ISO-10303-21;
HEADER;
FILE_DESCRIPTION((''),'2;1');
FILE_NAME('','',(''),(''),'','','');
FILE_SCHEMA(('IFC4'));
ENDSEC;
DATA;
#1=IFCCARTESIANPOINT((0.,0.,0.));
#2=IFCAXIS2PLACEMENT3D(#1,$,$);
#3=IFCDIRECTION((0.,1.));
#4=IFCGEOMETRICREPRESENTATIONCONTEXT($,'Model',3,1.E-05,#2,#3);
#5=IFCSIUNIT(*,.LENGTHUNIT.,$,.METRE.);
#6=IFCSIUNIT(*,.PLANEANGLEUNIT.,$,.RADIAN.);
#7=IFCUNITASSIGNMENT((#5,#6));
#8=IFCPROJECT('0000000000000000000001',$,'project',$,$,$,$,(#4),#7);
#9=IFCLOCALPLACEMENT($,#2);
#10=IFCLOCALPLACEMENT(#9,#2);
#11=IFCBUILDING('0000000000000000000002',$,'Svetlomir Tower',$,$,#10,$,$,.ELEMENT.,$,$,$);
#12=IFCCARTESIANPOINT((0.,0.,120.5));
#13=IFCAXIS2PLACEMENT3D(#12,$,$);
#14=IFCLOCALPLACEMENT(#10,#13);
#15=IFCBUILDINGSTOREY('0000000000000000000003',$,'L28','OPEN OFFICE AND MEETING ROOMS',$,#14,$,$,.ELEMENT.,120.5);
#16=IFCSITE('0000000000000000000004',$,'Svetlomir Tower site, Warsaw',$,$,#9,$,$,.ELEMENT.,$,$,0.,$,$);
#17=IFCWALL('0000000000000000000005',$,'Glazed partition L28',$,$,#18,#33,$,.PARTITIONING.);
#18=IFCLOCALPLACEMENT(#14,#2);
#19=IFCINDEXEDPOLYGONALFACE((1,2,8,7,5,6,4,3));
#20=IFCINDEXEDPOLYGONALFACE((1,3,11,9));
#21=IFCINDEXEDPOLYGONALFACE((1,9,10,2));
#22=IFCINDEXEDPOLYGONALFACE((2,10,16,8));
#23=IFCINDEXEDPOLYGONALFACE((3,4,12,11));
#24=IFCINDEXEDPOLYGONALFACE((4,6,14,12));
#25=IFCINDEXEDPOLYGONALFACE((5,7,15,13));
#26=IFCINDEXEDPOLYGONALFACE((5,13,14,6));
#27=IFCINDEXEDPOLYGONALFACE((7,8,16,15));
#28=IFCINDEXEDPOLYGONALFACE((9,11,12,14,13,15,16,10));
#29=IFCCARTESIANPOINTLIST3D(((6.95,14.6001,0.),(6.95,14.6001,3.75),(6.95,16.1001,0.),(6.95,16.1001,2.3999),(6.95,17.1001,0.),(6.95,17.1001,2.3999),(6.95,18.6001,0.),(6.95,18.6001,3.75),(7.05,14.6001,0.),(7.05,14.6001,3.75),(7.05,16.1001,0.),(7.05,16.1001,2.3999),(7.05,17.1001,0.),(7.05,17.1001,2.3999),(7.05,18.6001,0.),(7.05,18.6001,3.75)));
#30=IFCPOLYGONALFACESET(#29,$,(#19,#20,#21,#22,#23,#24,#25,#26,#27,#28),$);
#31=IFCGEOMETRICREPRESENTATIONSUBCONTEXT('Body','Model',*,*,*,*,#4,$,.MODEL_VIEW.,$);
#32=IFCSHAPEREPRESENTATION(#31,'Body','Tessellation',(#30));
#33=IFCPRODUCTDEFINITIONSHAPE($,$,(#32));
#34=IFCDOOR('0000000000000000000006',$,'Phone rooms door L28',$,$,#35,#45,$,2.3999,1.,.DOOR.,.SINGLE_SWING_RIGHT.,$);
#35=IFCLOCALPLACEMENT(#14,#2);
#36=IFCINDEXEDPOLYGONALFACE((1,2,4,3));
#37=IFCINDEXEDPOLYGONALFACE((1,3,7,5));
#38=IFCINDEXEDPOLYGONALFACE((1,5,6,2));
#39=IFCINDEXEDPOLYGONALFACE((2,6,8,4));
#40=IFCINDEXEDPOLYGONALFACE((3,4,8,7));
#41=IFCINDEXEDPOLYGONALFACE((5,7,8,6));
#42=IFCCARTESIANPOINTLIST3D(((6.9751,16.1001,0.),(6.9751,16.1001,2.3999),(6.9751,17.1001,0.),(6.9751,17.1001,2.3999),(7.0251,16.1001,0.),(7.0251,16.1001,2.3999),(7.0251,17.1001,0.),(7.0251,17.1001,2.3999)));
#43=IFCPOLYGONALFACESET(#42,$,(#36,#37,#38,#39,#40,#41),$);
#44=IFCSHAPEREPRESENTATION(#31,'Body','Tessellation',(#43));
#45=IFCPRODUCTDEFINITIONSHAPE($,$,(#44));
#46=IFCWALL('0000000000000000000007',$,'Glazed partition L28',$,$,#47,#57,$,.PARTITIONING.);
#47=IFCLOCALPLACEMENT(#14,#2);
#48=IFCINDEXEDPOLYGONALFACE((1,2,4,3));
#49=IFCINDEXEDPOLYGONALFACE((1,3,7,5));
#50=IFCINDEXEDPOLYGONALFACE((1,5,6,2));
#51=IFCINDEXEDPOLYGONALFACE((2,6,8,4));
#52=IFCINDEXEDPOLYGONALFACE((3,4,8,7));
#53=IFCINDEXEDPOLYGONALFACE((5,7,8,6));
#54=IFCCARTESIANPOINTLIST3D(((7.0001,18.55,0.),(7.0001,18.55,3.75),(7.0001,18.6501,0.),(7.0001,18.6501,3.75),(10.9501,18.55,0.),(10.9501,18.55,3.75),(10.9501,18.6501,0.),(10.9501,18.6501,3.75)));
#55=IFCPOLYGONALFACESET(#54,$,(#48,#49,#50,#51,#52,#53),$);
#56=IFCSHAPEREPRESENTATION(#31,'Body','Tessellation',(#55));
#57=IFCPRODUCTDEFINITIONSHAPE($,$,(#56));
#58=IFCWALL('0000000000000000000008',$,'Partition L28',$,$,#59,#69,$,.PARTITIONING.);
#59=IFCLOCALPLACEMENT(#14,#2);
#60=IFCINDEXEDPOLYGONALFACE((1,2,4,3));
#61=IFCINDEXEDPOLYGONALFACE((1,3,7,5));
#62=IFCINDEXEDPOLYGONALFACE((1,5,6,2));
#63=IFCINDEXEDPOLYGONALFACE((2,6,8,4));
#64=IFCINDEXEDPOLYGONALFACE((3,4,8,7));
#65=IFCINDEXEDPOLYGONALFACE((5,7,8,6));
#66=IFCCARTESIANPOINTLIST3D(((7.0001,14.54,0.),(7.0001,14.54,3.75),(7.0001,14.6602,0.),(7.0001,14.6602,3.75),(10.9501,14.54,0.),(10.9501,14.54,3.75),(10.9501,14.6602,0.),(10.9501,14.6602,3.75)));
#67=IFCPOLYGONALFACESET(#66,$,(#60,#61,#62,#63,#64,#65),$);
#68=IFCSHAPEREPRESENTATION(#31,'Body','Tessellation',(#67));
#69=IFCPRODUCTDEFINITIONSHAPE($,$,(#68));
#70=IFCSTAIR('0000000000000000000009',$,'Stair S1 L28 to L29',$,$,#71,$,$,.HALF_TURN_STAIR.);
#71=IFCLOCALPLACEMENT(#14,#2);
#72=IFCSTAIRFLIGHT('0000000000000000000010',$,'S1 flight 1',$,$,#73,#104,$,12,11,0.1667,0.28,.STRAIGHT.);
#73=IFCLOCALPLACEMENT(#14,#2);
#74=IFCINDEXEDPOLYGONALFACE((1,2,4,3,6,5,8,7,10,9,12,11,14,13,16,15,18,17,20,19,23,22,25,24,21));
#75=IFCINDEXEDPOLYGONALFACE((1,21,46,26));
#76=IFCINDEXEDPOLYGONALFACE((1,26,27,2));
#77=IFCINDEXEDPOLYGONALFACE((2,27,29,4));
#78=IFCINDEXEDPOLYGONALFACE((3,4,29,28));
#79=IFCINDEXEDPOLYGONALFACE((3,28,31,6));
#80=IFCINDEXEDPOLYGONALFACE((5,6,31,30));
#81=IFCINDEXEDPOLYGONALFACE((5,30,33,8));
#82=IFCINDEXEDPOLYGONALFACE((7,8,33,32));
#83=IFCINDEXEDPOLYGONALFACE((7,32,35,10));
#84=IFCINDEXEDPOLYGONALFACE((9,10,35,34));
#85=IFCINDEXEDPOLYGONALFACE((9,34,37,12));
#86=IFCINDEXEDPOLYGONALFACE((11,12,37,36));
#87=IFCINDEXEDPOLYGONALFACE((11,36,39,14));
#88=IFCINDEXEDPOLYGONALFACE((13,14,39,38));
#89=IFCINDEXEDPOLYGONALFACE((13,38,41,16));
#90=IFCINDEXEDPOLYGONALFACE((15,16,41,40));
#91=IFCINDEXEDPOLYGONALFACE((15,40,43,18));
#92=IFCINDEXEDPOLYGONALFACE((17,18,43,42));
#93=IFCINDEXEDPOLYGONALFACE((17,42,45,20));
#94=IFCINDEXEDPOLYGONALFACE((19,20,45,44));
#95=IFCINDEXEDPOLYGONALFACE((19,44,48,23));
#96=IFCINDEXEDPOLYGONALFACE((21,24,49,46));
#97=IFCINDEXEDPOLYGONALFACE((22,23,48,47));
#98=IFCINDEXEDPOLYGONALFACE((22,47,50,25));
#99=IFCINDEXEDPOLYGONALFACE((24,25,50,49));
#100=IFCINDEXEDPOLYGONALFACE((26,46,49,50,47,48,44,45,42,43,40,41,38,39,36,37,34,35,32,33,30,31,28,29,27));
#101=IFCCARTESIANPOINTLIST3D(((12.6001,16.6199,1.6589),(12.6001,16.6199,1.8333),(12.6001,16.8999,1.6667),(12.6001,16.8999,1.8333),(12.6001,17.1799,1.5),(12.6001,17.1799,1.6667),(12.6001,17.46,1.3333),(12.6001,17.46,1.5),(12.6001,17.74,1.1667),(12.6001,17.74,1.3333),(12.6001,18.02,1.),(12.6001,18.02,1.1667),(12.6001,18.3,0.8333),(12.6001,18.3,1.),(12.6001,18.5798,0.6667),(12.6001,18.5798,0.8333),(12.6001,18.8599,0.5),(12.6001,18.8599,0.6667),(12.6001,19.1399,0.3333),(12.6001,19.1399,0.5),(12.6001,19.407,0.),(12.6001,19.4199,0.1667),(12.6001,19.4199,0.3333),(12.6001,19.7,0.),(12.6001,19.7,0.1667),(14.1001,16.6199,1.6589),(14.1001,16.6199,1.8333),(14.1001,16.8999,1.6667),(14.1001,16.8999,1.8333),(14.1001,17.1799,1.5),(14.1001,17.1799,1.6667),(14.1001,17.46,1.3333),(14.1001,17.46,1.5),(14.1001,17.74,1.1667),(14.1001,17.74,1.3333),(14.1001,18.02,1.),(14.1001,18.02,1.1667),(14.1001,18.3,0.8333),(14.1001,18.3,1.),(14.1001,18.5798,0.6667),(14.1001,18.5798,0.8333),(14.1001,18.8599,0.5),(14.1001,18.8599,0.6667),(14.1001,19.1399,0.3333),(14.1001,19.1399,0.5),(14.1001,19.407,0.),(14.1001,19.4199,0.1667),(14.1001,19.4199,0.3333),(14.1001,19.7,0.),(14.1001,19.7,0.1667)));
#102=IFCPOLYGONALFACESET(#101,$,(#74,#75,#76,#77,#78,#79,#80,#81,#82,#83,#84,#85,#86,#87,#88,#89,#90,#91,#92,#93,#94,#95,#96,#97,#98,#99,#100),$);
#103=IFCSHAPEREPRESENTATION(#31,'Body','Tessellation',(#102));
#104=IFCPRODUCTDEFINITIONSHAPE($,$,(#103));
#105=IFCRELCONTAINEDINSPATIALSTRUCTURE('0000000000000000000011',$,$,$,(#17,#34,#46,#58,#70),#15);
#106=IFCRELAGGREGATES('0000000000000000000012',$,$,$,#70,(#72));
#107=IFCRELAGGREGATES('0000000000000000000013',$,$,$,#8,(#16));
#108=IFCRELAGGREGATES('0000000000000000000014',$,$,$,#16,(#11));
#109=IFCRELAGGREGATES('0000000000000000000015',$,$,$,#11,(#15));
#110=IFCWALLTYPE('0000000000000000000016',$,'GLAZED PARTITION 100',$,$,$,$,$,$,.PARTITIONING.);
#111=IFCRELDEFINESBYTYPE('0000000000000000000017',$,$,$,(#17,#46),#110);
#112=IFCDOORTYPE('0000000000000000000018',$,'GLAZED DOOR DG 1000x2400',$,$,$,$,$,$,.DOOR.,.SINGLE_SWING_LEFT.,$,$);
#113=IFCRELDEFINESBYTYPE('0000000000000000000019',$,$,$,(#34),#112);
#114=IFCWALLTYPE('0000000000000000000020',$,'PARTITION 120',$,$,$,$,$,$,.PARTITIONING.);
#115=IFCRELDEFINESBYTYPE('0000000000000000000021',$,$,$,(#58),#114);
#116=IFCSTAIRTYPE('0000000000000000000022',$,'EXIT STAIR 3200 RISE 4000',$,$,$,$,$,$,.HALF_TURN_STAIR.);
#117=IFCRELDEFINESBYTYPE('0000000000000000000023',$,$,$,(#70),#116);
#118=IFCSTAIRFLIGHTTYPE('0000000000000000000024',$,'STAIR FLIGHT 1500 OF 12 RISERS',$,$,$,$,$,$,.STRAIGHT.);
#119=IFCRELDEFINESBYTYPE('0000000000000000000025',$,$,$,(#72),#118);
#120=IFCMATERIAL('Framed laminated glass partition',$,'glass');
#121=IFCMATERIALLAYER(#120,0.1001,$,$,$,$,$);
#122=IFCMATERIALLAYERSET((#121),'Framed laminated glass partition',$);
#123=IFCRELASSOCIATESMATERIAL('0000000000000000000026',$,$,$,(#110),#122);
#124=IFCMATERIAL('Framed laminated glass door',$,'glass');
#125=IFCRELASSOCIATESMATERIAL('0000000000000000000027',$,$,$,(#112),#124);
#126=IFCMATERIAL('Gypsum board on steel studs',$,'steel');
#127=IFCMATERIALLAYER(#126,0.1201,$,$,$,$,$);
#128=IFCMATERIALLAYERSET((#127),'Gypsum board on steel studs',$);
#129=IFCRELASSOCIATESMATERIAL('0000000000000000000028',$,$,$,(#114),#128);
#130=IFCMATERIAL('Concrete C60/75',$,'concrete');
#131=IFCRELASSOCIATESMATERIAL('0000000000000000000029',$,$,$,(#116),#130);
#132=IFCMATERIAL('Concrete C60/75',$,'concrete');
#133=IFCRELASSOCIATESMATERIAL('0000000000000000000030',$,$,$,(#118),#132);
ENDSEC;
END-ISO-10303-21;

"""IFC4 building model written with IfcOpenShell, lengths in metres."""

from ifc_helpers import new_model, si_unit, direction, frame, frame_2d, origin, place, context, subcontext, project, spatial, polyline, rectangle, outline, extrude, material, layer, layer_set, type_object, element, fill, aggregate, save


model = new_model("IFC4")

# Units and contexts
model_context = context("Model", 3, precision=1e-05, world=origin(), true_north=direction((0.0, 1.0)))
body_context = subcontext(model_context, "Body", "Model", "MODEL_VIEW")
ifc_project = project(units=[si_unit("LENGTHUNIT", "METRE"), si_unit("PLANEANGLEUNIT", "RADIAN")], contexts=[model_context])

# Site, building, storey
site_placement = place(None, origin())
site = spatial("IfcSite", under=ifc_project, at=site_placement, Name="Svetlomir Tower site, Warsaw", CompositionType="ELEMENT", RefElevation=0.0)
building_placement = place(site_placement, origin())
building = spatial("IfcBuilding", under=site, at=building_placement, Name="Svetlomir Tower", CompositionType="ELEMENT")
storey_placement = place(building_placement, frame((0.0, 0.0, 120.5)))
storey = spatial("IfcBuildingStorey", under=building, at=storey_placement, Name="L28", Description="OPEN OFFICE AND MEETING ROOMS", CompositionType="ELEMENT", Elevation=120.5)

# Wall, opening, door
ifc_material_1 = material(Name="Framed laminated glass partition", Category="glass")
ifc_layer_1 = layer(ifc_material_1, 0.1001)
ifc_layer_set_1 = layer_set([ifc_layer_1], Name="Framed laminated glass partition")
wall_type_1 = type_object("IfcWallType", Name="GLAZED PARTITION 100", PredefinedType="PARTITIONING", material=ifc_layer_set_1)
wall_1_placement = place(storey_placement, frame((7.0, 14.6001, 0.0), z_axis=(0.0, 0.0, 1.0), x_axis=(0.0, 1.0, 0.0)))
wall_1 = element("IfcWall", 1, at=wall_1_placement, inside=storey, type_object=wall_type_1, Name="Glazed partition L28", PredefinedType="PARTITIONING", context=body_context, shape_type="SweptSolid", body=[
    extrude(rectangle(XDim=4.0, YDim=0.1001, at=frame_2d((2.0, 0.0))), origin(), (0.0, 0.0, 1.0), 3.75),
])
opening_1_placement = place(wall_1_placement, frame((1.5, 0.0, 0.0)))
opening_1 = element("IfcOpeningElement", 2, at=opening_1_placement, cuts=wall_1, PredefinedType="OPENING", context=body_context, shape_type="SweptSolid", body=[
    extrude(rectangle(XDim=1.0, YDim=2.3999, at=frame_2d((0.5, 1.2))), frame((0.0, 0.0601, 0.0), z_axis=(0.0, -1.0, 0.0), x_axis=(1.0, 0.0, 0.0)), (0.0, 0.0, 1.0), 0.1201),
])
ifc_material_2 = material(Name="Framed laminated glass door", Category="glass")
door_type_1 = type_object("IfcDoorType", Name="GLAZED DOOR DG 1000x2400", OperationType="SINGLE_SWING_LEFT", PredefinedType="DOOR", material=ifc_material_2)
door_1_placement = place(opening_1_placement, origin())
door_1 = element("IfcDoor", 3, at=door_1_placement, inside=storey, type_object=door_type_1, Name="Phone rooms door L28", OperationType="SINGLE_SWING_RIGHT", OverallHeight=2.3999, OverallWidth=1.0, PredefinedType="DOOR", context=body_context, shape_type="SweptSolid", body=[
    extrude(rectangle(XDim=1.0, YDim=2.3999, at=frame_2d((0.5, 1.2))), frame((0.0, 0.0249, 0.0), z_axis=(0.0, -1.0, 0.0), x_axis=(1.0, 0.0, 0.0)), (0.0, 0.0, 1.0), 0.05),
])
fill(opening_1, door_1)

# Walls
wall_2_placement = place(storey_placement, frame((7.0, 18.6001, 0.0), z_axis=(0.0, 0.0, 1.0), x_axis=(1.0, 0.0, 0.0)))
element("IfcWall", 4, at=wall_2_placement, inside=storey, type_object=wall_type_1, Name="Glazed partition L28", PredefinedType="PARTITIONING", context=body_context, shape_type="SweptSolid", body=[
    extrude(rectangle(XDim=3.95, YDim=0.1001, at=frame_2d((1.9751, 0.0))), origin(), (0.0, 0.0, 1.0), 3.75),
])
ifc_material_3 = material(Name="Gypsum board on steel studs", Category="steel")
ifc_layer_2 = layer(ifc_material_3, 0.1201)
ifc_layer_set_2 = layer_set([ifc_layer_2], Name="Gypsum board on steel studs")
wall_type_2 = type_object("IfcWallType", Name="PARTITION 120", PredefinedType="PARTITIONING", material=ifc_layer_set_2)
wall_3_placement = place(storey_placement, frame((7.0, 14.6001, 0.0), z_axis=(0.0, 0.0, 1.0), x_axis=(1.0, 0.0, 0.0)))
element("IfcWall", 5, at=wall_3_placement, inside=storey, type_object=wall_type_2, Name="Partition L28", PredefinedType="PARTITIONING", context=body_context, shape_type="SweptSolid", body=[
    extrude(rectangle(XDim=3.95, YDim=0.1201, at=frame_2d((1.9751, 0.0))), origin(), (0.0, 0.0, 1.0), 3.75),
])

# Stair, stair flight
ifc_material_4 = material(Name="Concrete C60/75", Category="concrete")
stair_type = type_object("IfcStairType", Name="EXIT STAIR 3200 RISE 4000", PredefinedType="HALF_TURN_STAIR", material=ifc_material_4)
stair_placement = place(storey_placement, origin())
stair = element("IfcStair", 6, at=stair_placement, inside=storey, type_object=stair_type, Name="Stair S1 L28 to L29", PredefinedType="HALF_TURN_STAIR")
ifc_material_5 = material(Name="Concrete C60/75", Category="concrete")
stair_flight_type = type_object("IfcStairFlightType", Name="STAIR FLIGHT 1500 OF 12 RISERS", PredefinedType="STRAIGHT", material=ifc_material_5)
stair_flight_placement = place(storey_placement, frame((13.3501, 19.7, 0.0), z_axis=(0.0, 0.0, 1.0), x_axis=(0.0, -1.0, 0.0)))
stair_flight = element("IfcStairFlight", 7, at=stair_flight_placement, type_object=stair_flight_type, Name="S1 flight 1", NumberOfRisers=12, NumberOfTreads=11, PredefinedType="STRAIGHT", RiserHeight=0.1667, TreadLength=0.28, context=body_context, shape_type="SweptSolid", body=[
    extrude(outline(polyline([(0.0, 0.0), (0.0, 0.1667), (0.28, 0.1667), (0.28, 0.3333), (0.5601, 0.3333), (0.5601, 0.5), (0.8401, 0.5), (0.8401, 0.6667), (1.1201, 0.6667), (1.1201, 0.8333), (1.3999, 0.8333), (1.3999, 1.0), (1.6799, 1.0), (1.6799, 1.1667), (1.96, 1.1667), (1.96, 1.3333), (2.24, 1.3333), (2.24, 1.5), (2.52, 1.5), (2.52, 1.6667), (2.8, 1.6667), (2.8, 1.8333), (3.0801, 1.8333), (3.0801, 2.0), (3.0801, 1.6589), (0.293, 0.0), (0.0, 0.0)])), frame((0.0, 0.75, 0.0), z_axis=(0.0, -1.0, 0.0), x_axis=(1.0, 0.0, 0.0)), (0.0, 0.0, 1.0), 1.5),
])
aggregate(stair, [stair_flight])

save(model, "model.ifc")
